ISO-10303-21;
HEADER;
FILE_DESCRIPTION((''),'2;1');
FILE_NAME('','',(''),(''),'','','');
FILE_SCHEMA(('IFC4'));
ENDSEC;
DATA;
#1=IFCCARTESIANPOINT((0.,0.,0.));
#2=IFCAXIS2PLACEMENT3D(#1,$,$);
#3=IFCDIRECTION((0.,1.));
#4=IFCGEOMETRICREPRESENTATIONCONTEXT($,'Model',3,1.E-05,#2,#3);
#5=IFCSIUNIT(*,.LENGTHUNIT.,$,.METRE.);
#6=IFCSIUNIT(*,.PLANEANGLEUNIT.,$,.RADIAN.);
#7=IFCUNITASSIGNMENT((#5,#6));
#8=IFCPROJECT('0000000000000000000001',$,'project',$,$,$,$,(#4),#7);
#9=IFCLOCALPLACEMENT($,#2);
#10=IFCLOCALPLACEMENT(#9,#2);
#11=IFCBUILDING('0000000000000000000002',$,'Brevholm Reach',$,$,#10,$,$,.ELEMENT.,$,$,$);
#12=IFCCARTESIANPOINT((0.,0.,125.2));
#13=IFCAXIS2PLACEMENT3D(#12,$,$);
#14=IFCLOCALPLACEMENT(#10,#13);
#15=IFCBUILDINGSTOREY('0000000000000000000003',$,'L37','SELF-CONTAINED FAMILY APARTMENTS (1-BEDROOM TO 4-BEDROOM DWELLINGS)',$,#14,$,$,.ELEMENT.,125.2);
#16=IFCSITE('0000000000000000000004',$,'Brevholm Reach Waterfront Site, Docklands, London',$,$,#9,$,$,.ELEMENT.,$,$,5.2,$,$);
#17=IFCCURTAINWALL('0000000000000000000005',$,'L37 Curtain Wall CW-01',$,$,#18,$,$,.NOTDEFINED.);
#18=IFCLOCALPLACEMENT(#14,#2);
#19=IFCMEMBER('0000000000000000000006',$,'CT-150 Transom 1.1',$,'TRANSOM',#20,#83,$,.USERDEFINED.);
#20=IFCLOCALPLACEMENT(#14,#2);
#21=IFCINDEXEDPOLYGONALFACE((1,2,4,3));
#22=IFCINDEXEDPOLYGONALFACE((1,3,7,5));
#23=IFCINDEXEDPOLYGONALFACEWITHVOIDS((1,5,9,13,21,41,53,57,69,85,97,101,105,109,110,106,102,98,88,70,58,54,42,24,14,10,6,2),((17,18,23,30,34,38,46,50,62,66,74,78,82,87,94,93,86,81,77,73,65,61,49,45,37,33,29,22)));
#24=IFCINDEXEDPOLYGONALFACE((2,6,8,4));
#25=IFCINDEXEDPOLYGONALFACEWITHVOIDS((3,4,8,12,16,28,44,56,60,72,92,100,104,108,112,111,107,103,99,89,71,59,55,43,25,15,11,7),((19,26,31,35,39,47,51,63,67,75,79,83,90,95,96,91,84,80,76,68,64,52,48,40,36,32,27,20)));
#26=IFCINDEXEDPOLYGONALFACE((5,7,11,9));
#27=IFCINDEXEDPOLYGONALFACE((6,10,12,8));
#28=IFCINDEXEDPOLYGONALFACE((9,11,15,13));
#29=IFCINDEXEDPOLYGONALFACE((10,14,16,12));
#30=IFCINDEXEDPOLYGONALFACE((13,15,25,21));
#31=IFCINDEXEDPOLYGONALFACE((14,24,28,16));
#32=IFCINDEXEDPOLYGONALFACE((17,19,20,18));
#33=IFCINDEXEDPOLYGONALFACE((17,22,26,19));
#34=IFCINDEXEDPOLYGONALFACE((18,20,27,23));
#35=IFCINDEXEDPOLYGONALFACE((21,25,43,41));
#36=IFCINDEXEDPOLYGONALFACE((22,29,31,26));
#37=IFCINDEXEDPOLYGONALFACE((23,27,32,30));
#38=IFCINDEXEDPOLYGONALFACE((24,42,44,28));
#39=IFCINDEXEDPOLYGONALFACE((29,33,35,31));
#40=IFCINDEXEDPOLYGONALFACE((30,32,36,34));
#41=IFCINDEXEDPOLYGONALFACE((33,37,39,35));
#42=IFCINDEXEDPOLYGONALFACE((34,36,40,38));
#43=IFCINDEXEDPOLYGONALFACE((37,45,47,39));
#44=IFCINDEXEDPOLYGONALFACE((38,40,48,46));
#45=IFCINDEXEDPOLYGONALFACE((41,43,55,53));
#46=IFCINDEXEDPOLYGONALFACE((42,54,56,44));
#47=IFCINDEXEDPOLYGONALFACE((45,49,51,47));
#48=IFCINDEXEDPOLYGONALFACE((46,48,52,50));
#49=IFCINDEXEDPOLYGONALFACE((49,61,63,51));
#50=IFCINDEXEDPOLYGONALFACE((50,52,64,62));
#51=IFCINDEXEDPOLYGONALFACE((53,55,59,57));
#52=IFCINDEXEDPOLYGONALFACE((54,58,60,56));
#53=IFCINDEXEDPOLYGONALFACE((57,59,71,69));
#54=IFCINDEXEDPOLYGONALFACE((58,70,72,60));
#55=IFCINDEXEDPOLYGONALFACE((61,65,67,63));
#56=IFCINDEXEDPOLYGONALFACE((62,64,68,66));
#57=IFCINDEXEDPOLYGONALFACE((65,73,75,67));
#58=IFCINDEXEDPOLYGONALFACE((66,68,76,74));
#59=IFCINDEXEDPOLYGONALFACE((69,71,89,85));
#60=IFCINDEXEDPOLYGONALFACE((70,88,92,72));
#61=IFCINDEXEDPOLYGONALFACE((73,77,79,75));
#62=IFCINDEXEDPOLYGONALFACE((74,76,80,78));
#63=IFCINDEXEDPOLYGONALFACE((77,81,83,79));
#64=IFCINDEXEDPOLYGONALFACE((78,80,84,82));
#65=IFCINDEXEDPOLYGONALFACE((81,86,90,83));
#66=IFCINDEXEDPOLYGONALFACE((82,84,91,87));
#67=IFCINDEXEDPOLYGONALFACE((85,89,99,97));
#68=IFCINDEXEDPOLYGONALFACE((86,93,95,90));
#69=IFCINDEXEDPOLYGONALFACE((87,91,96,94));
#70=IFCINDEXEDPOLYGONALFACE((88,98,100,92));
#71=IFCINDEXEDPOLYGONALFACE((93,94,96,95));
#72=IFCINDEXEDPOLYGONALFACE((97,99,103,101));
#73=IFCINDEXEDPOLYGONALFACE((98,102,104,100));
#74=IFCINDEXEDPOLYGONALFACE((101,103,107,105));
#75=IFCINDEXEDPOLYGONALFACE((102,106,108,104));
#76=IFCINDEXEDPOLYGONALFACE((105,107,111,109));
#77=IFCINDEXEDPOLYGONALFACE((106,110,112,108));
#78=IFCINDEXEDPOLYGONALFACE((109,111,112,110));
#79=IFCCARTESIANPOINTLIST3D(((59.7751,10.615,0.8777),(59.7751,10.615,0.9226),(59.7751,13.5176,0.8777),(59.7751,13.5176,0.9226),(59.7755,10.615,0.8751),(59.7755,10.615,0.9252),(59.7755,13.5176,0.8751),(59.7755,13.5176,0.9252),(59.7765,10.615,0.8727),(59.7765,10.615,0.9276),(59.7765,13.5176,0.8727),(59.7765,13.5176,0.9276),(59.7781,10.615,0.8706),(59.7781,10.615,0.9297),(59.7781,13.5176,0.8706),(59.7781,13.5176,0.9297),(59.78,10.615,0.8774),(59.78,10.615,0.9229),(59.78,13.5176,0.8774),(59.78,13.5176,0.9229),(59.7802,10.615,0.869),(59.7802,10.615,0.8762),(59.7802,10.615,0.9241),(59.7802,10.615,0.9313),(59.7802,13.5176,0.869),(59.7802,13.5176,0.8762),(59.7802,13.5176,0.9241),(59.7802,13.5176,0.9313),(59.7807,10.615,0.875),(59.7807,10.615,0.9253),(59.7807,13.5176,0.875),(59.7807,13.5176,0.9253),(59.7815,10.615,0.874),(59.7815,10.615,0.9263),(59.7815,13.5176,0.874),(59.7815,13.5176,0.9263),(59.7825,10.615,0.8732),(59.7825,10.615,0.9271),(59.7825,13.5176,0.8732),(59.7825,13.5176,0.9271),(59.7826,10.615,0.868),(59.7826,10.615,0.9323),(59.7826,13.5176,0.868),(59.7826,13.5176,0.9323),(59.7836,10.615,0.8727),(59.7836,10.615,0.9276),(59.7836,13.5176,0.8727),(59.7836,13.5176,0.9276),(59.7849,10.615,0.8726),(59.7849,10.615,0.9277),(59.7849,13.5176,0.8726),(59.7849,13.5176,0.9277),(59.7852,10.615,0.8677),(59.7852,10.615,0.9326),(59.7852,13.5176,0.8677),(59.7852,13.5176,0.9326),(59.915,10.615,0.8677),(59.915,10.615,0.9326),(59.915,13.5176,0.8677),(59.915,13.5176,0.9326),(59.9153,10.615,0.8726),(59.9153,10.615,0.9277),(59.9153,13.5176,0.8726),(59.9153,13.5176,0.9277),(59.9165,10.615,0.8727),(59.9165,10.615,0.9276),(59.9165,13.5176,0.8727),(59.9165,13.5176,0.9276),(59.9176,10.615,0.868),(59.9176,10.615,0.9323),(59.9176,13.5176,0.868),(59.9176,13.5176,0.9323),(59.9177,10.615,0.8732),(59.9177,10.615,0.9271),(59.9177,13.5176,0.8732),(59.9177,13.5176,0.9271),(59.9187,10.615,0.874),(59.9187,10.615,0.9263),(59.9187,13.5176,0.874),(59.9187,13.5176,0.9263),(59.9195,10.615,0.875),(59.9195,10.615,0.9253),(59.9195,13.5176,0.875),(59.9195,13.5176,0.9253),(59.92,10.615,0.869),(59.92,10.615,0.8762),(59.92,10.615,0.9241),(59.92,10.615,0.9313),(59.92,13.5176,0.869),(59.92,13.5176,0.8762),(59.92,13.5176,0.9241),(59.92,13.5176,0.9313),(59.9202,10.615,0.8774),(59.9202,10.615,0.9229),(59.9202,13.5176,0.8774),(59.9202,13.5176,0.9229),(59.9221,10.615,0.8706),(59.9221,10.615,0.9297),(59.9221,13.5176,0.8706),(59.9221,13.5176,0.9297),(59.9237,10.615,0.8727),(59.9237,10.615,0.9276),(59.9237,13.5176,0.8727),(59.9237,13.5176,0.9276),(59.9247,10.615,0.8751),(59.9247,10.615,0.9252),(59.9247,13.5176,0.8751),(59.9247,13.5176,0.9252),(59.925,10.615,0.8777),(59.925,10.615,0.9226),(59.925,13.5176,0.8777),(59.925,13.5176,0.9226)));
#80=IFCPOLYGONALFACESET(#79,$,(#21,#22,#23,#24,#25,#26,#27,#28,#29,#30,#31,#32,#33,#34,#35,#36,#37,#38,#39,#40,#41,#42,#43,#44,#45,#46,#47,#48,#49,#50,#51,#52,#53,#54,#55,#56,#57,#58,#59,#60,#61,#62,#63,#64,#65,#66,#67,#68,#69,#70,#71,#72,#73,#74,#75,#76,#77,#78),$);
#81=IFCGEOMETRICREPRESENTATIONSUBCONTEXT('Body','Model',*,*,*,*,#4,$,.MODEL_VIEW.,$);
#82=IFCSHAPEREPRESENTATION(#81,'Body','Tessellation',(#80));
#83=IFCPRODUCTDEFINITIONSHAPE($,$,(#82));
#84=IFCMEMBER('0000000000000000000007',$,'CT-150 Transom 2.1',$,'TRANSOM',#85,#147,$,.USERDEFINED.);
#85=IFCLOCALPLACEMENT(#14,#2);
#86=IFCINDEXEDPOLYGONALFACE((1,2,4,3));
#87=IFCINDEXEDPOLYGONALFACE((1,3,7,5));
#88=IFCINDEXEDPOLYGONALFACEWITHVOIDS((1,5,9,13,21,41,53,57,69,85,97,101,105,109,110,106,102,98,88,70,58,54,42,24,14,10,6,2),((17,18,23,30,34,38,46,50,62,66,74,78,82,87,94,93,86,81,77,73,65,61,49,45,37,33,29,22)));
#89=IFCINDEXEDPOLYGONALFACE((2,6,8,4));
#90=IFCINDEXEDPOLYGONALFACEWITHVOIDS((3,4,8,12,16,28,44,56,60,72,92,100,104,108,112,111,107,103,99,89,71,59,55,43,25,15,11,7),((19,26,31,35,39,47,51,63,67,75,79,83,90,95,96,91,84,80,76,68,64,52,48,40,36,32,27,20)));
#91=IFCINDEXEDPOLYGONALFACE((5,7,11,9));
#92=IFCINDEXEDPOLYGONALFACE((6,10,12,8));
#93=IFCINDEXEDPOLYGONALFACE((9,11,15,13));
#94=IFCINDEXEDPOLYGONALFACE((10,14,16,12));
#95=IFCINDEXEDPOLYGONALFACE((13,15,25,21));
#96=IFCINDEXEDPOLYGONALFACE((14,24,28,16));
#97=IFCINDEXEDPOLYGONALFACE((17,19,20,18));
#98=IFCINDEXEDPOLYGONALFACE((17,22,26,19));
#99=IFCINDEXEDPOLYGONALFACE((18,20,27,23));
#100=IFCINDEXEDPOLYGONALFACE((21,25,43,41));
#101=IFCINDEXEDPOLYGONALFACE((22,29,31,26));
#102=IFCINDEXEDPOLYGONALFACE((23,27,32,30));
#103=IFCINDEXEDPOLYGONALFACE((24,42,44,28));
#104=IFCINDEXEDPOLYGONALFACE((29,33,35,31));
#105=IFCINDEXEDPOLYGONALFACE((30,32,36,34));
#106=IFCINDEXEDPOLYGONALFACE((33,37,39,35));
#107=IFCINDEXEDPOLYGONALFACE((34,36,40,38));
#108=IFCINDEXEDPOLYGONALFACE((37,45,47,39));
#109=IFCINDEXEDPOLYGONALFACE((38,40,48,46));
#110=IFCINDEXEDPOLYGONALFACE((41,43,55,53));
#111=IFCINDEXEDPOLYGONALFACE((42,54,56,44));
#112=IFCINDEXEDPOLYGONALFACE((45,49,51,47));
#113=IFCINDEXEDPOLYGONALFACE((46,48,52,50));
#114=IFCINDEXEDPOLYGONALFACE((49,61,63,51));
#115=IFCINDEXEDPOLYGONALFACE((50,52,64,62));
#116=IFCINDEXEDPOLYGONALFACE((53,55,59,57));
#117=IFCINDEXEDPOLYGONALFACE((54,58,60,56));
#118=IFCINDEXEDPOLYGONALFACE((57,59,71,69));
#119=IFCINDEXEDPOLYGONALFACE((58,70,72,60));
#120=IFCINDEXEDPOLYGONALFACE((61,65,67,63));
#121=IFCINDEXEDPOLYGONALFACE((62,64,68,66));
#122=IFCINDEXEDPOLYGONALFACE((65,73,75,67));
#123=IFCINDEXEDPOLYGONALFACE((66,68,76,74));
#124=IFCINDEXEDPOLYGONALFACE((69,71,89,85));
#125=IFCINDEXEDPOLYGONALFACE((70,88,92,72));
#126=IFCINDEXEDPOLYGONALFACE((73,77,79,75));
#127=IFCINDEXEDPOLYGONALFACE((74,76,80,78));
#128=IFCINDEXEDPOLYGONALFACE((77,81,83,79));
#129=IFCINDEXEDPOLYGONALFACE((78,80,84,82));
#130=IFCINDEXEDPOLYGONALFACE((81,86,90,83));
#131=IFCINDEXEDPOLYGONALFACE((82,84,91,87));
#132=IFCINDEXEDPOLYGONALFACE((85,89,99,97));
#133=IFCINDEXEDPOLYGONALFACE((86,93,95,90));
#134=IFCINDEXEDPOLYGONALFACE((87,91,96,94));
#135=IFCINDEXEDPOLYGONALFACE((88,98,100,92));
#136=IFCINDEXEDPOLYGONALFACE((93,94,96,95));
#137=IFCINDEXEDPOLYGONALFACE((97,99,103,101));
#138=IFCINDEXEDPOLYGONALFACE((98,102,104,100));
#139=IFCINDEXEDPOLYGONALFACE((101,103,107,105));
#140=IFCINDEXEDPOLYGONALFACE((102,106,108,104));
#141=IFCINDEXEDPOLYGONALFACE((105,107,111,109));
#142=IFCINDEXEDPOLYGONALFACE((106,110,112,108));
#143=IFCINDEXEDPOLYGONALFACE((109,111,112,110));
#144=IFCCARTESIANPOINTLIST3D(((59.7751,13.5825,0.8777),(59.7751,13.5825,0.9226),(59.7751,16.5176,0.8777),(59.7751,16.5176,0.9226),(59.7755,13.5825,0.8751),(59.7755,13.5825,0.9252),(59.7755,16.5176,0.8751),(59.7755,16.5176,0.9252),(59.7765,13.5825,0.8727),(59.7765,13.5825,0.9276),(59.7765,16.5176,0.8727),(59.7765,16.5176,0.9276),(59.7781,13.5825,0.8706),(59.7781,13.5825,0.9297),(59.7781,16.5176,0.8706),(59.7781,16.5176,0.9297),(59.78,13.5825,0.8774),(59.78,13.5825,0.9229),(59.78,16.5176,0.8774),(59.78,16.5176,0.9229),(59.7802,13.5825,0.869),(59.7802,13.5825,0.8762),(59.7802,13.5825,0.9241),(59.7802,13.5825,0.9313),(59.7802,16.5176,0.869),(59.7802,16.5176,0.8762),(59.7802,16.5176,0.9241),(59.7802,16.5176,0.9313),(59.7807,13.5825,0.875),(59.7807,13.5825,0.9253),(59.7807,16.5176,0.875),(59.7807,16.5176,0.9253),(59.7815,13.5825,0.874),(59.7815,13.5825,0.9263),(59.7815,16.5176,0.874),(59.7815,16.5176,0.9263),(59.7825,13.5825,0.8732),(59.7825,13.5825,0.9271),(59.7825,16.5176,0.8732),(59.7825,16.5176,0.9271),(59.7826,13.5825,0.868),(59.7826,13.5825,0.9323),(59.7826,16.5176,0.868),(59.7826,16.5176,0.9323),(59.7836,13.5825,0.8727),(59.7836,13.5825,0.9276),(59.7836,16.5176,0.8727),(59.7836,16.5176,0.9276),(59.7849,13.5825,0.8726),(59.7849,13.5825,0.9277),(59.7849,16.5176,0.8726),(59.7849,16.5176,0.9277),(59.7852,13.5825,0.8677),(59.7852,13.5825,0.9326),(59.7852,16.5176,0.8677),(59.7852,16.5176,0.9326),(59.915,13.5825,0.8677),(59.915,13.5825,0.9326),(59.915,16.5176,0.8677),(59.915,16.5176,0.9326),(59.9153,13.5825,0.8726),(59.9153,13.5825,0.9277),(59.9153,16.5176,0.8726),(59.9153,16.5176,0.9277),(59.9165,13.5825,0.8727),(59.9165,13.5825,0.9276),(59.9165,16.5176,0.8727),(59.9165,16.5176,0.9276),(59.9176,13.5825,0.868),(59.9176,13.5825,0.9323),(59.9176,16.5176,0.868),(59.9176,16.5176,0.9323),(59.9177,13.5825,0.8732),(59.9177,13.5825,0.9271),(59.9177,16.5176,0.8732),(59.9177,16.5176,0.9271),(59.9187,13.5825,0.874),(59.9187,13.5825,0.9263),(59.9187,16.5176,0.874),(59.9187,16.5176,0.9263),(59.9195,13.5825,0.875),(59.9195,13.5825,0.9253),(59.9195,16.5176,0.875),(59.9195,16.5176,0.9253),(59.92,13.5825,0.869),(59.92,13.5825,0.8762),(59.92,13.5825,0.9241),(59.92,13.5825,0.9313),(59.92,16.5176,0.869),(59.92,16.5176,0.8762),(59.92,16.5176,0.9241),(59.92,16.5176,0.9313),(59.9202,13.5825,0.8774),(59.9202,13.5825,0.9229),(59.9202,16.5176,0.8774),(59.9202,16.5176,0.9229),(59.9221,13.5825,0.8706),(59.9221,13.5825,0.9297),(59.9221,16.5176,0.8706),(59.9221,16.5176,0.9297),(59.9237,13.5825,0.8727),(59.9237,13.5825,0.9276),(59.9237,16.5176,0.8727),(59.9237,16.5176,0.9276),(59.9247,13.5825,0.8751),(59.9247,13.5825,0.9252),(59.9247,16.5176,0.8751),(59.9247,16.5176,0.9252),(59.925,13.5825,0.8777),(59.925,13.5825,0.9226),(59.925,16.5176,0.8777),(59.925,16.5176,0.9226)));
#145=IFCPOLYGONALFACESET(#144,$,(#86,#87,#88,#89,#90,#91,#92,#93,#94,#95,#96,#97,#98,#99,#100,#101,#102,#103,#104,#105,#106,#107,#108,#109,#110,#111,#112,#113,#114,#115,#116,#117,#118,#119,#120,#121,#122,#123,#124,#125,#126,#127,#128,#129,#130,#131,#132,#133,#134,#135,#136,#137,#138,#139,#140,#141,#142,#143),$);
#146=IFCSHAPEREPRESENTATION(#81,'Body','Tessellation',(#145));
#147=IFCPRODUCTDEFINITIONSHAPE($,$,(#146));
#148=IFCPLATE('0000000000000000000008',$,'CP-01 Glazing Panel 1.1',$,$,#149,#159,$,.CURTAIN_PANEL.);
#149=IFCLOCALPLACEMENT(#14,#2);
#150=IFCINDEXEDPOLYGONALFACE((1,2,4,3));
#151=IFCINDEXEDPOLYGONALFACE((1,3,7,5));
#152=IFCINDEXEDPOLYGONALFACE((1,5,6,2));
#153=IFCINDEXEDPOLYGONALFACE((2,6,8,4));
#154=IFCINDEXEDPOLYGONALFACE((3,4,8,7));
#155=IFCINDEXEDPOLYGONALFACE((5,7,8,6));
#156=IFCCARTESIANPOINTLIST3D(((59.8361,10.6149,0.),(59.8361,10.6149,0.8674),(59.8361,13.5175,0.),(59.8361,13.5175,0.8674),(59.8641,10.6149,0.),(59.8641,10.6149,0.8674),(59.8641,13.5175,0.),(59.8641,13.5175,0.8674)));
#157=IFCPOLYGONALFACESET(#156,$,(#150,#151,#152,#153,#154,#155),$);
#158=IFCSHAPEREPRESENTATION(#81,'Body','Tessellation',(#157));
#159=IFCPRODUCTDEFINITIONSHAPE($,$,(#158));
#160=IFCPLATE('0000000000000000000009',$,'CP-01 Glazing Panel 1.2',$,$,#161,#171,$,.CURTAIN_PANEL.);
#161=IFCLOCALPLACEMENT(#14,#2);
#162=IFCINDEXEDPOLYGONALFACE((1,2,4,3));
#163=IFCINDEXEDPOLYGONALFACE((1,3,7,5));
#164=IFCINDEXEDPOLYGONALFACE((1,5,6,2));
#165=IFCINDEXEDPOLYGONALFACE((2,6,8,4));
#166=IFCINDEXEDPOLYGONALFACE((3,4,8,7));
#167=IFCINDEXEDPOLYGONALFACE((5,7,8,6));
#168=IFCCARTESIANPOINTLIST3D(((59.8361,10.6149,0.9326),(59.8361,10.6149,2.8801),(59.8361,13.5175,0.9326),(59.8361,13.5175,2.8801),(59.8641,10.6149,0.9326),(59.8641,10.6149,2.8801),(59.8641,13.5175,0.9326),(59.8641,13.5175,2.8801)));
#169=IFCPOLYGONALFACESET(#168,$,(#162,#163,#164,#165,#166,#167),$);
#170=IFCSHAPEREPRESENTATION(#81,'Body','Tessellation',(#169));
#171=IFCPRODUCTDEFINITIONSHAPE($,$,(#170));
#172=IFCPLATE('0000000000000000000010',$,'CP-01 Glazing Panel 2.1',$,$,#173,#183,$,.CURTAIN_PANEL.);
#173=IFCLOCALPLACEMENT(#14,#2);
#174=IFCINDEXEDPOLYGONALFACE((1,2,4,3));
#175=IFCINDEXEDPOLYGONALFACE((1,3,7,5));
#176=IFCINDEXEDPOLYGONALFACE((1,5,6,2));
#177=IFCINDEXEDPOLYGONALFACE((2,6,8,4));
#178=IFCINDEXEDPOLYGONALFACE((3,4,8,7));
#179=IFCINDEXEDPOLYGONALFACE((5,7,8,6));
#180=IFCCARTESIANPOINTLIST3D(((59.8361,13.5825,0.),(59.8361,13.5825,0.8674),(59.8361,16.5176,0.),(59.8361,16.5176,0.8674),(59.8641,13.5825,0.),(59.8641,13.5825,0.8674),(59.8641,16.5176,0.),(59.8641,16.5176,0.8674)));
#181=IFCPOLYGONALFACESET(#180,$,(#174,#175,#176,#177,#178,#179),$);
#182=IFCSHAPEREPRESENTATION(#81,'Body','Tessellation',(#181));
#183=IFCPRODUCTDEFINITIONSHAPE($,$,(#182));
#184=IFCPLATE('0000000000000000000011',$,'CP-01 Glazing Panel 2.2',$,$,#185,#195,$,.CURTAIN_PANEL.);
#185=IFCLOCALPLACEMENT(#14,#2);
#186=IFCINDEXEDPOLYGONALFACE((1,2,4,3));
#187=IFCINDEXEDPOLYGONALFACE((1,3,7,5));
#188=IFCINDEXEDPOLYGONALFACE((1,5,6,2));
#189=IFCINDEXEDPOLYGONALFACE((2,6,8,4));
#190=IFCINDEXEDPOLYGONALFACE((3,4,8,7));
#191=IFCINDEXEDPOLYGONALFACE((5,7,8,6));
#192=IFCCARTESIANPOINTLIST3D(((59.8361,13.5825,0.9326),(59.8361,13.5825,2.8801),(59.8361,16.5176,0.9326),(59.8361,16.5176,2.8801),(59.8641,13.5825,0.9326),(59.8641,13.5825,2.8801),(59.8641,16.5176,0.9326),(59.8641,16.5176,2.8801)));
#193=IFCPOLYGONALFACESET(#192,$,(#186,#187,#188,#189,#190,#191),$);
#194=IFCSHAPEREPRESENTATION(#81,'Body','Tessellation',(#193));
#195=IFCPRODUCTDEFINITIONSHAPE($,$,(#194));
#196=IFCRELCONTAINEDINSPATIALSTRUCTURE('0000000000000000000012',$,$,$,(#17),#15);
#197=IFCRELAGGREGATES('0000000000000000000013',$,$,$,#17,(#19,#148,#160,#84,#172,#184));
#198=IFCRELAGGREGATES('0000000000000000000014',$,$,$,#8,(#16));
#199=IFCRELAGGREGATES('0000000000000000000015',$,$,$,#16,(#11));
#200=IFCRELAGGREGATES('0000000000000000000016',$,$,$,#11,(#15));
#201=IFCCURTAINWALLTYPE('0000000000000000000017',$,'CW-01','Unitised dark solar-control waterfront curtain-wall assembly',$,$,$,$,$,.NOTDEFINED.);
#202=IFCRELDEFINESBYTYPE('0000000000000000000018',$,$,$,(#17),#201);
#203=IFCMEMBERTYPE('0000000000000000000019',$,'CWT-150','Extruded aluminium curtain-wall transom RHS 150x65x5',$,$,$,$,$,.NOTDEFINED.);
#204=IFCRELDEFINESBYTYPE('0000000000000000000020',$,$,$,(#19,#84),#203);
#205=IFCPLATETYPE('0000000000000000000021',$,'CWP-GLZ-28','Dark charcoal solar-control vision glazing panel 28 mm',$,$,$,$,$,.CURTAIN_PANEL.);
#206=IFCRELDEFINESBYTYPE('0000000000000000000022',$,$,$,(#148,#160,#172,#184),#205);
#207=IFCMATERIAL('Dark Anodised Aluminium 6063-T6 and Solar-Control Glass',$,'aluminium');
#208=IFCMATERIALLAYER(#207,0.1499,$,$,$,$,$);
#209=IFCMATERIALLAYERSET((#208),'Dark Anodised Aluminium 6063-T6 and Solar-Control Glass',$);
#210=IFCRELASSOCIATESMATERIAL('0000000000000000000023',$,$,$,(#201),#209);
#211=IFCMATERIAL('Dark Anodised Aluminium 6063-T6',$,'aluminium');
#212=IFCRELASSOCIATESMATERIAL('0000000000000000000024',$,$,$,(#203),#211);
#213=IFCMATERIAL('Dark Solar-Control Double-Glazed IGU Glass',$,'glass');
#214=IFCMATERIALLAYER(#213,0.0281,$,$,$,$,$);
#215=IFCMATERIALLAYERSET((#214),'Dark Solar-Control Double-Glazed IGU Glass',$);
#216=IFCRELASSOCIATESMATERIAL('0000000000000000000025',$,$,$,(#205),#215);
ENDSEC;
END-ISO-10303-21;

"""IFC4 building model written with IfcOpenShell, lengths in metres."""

from ifc_helpers import new_model, si_unit, direction, frame, origin, origin_2d, place, context, subcontext, project, spatial, rectangle, hollow_rectangle, extrude, material, layer, layer_set, material_profile, profile_set, type_object, element, aggregate, save


model = new_model("IFC4")

# Units and contexts
model_context = context("Model", 3, precision=1e-05, world=origin(), true_north=direction((0.0, 1.0)))
body_context = subcontext(model_context, "Body", "Model", "MODEL_VIEW")
ifc_project = project(units=[si_unit("LENGTHUNIT", "METRE"), si_unit("PLANEANGLEUNIT", "RADIAN")], contexts=[model_context])

# Site, building, storey
site_placement = place(None, origin())
site = spatial("IfcSite", under=ifc_project, at=site_placement, Name="Brevholm Reach Waterfront Site, Docklands, London", CompositionType="ELEMENT", RefElevation=5.2)
building_placement = place(site_placement, origin())
building = spatial("IfcBuilding", under=site, at=building_placement, Name="Brevholm Reach", CompositionType="ELEMENT")
storey_placement = place(building_placement, frame((0.0, 0.0, 125.2)))
storey = spatial("IfcBuildingStorey", under=building, at=storey_placement, Name="L37", Description="SELF-CONTAINED FAMILY APARTMENTS (1-BEDROOM TO 4-BEDROOM DWELLINGS)", CompositionType="ELEMENT", Elevation=125.2)

# Curtain wall, members, plates
ifc_material_1 = material(Name="Dark Anodised Aluminium 6063-T6 and Solar-Control Glass", Category="aluminium")
ifc_layer_1 = layer(ifc_material_1, 0.1499)
ifc_layer_set_1 = layer_set([ifc_layer_1], Name="Dark Anodised Aluminium 6063-T6 and Solar-Control Glass")
curtain_wall_type = type_object("IfcCurtainWallType", Name="CW-01", Description="Unitised dark solar-control waterfront curtain-wall assembly", PredefinedType="NOTDEFINED", material=ifc_layer_set_1)
curtain_wall_placement = place(storey_placement, origin())
curtain_wall = element("IfcCurtainWall", 1, at=curtain_wall_placement, inside=storey, type_object=curtain_wall_type, Name="L37 Curtain Wall CW-01", PredefinedType="NOTDEFINED")
ifc_material_2 = material(Name="Dark Anodised Aluminium 6063-T6", Category="aluminium")
ifc_material_profile_1 = material_profile(ifc_material_2, hollow_rectangle(XDim=0.0649, YDim=0.1499, WallThickness=0.0049, InnerFilletRadius=0.0049, OuterFilletRadius=0.01, at=origin_2d()), Name="RHS 150x65x5")
ifc_profile_set_1 = profile_set([ifc_material_profile_1], Name="Dark Anodised Aluminium 6063-T6")
member_type_1 = type_object("IfcMemberType", Name="CWT-150", Description="Extruded aluminium curtain-wall transom RHS 150x65x5", PredefinedType="NOTDEFINED", material=ifc_profile_set_1)
member_1_placement = place(storey_placement, frame((59.8501, 10.615, 0.9001), z_axis=(0.0, 1.0, 0.0), x_axis=(0.0, 0.0, 1.0)))
member_1 = element("IfcMember", 2, at=member_1_placement, type_object=member_type_1, Name="CT-150 Transom 1.1", ObjectType="TRANSOM", PredefinedType="USERDEFINED", context=body_context, shape_type="SweptSolid", body=[
    extrude(hollow_rectangle(XDim=0.0649, YDim=0.1499, WallThickness=0.0049, InnerFilletRadius=0.0049, OuterFilletRadius=0.01, at=origin_2d()), origin(), (0.0, 0.0, 1.0), 2.9026),
])
member_2_placement = place(storey_placement, frame((59.8501, 13.5825, 0.9001), z_axis=(0.0, 1.0, 0.0), x_axis=(0.0, 0.0, 1.0)))
member_2 = element("IfcMember", 3, at=member_2_placement, type_object=member_type_1, Name="CT-150 Transom 2.1", ObjectType="TRANSOM", PredefinedType="USERDEFINED", context=body_context, shape_type="SweptSolid", body=[
    extrude(hollow_rectangle(XDim=0.0649, YDim=0.1499, WallThickness=0.0049, InnerFilletRadius=0.0049, OuterFilletRadius=0.01, at=origin_2d()), origin(), (0.0, 0.0, 1.0), 2.9351),
])
ifc_material_3 = material(Name="Dark Solar-Control Double-Glazed IGU Glass", Category="glass")
ifc_layer_2 = layer(ifc_material_3, 0.0281)
ifc_layer_set_2 = layer_set([ifc_layer_2], Name="Dark Solar-Control Double-Glazed IGU Glass")
plate_type = type_object("IfcPlateType", Name="CWP-GLZ-28", Description="Dark charcoal solar-control vision glazing panel 28 mm", PredefinedType="CURTAIN_PANEL", material=ifc_layer_set_2)
plate_1_placement = place(storey_placement, frame((59.8501, 12.0662, 0.0), z_axis=(0.0, 0.0, 1.0), x_axis=(0.0, 1.0, 0.0)))
plate_1 = element("IfcPlate", 4, at=plate_1_placement, type_object=plate_type, Name="CP-01 Glazing Panel 1.1", PredefinedType="CURTAIN_PANEL", context=body_context, shape_type="SweptSolid", body=[
    extrude(rectangle(XDim=2.9026, YDim=0.0281, at=origin_2d()), origin(), (0.0, 0.0, 1.0), 0.8674),
])
plate_2_placement = place(storey_placement, frame((59.8501, 12.0662, 0.9326), z_axis=(0.0, 0.0, 1.0), x_axis=(0.0, 1.0, 0.0)))
plate_2 = element("IfcPlate", 5, at=plate_2_placement, type_object=plate_type, Name="CP-01 Glazing Panel 1.2", PredefinedType="CURTAIN_PANEL", context=body_context, shape_type="SweptSolid", body=[
    extrude(rectangle(XDim=2.9026, YDim=0.0281, at=origin_2d()), origin(), (0.0, 0.0, 1.0), 1.9475),
])
plate_3_placement = place(storey_placement, frame((59.8501, 15.05, 0.0), z_axis=(0.0, 0.0, 1.0), x_axis=(0.0, 1.0, 0.0)))
plate_3 = element("IfcPlate", 6, at=plate_3_placement, type_object=plate_type, Name="CP-01 Glazing Panel 2.1", PredefinedType="CURTAIN_PANEL", context=body_context, shape_type="SweptSolid", body=[
    extrude(rectangle(XDim=2.9351, YDim=0.0281, at=origin_2d()), origin(), (0.0, 0.0, 1.0), 0.8674),
])
plate_4_placement = place(storey_placement, frame((59.8501, 15.05, 0.9326), z_axis=(0.0, 0.0, 1.0), x_axis=(0.0, 1.0, 0.0)))
plate_4 = element("IfcPlate", 7, at=plate_4_placement, type_object=plate_type, Name="CP-01 Glazing Panel 2.2", PredefinedType="CURTAIN_PANEL", context=body_context, shape_type="SweptSolid", body=[
    extrude(rectangle(XDim=2.9351, YDim=0.0281, at=origin_2d()), origin(), (0.0, 0.0, 1.0), 1.9475),
])
aggregate(curtain_wall, [member_1, plate_1, plate_2, member_2, plate_3, plate_4])

save(model, "model.ifc")
